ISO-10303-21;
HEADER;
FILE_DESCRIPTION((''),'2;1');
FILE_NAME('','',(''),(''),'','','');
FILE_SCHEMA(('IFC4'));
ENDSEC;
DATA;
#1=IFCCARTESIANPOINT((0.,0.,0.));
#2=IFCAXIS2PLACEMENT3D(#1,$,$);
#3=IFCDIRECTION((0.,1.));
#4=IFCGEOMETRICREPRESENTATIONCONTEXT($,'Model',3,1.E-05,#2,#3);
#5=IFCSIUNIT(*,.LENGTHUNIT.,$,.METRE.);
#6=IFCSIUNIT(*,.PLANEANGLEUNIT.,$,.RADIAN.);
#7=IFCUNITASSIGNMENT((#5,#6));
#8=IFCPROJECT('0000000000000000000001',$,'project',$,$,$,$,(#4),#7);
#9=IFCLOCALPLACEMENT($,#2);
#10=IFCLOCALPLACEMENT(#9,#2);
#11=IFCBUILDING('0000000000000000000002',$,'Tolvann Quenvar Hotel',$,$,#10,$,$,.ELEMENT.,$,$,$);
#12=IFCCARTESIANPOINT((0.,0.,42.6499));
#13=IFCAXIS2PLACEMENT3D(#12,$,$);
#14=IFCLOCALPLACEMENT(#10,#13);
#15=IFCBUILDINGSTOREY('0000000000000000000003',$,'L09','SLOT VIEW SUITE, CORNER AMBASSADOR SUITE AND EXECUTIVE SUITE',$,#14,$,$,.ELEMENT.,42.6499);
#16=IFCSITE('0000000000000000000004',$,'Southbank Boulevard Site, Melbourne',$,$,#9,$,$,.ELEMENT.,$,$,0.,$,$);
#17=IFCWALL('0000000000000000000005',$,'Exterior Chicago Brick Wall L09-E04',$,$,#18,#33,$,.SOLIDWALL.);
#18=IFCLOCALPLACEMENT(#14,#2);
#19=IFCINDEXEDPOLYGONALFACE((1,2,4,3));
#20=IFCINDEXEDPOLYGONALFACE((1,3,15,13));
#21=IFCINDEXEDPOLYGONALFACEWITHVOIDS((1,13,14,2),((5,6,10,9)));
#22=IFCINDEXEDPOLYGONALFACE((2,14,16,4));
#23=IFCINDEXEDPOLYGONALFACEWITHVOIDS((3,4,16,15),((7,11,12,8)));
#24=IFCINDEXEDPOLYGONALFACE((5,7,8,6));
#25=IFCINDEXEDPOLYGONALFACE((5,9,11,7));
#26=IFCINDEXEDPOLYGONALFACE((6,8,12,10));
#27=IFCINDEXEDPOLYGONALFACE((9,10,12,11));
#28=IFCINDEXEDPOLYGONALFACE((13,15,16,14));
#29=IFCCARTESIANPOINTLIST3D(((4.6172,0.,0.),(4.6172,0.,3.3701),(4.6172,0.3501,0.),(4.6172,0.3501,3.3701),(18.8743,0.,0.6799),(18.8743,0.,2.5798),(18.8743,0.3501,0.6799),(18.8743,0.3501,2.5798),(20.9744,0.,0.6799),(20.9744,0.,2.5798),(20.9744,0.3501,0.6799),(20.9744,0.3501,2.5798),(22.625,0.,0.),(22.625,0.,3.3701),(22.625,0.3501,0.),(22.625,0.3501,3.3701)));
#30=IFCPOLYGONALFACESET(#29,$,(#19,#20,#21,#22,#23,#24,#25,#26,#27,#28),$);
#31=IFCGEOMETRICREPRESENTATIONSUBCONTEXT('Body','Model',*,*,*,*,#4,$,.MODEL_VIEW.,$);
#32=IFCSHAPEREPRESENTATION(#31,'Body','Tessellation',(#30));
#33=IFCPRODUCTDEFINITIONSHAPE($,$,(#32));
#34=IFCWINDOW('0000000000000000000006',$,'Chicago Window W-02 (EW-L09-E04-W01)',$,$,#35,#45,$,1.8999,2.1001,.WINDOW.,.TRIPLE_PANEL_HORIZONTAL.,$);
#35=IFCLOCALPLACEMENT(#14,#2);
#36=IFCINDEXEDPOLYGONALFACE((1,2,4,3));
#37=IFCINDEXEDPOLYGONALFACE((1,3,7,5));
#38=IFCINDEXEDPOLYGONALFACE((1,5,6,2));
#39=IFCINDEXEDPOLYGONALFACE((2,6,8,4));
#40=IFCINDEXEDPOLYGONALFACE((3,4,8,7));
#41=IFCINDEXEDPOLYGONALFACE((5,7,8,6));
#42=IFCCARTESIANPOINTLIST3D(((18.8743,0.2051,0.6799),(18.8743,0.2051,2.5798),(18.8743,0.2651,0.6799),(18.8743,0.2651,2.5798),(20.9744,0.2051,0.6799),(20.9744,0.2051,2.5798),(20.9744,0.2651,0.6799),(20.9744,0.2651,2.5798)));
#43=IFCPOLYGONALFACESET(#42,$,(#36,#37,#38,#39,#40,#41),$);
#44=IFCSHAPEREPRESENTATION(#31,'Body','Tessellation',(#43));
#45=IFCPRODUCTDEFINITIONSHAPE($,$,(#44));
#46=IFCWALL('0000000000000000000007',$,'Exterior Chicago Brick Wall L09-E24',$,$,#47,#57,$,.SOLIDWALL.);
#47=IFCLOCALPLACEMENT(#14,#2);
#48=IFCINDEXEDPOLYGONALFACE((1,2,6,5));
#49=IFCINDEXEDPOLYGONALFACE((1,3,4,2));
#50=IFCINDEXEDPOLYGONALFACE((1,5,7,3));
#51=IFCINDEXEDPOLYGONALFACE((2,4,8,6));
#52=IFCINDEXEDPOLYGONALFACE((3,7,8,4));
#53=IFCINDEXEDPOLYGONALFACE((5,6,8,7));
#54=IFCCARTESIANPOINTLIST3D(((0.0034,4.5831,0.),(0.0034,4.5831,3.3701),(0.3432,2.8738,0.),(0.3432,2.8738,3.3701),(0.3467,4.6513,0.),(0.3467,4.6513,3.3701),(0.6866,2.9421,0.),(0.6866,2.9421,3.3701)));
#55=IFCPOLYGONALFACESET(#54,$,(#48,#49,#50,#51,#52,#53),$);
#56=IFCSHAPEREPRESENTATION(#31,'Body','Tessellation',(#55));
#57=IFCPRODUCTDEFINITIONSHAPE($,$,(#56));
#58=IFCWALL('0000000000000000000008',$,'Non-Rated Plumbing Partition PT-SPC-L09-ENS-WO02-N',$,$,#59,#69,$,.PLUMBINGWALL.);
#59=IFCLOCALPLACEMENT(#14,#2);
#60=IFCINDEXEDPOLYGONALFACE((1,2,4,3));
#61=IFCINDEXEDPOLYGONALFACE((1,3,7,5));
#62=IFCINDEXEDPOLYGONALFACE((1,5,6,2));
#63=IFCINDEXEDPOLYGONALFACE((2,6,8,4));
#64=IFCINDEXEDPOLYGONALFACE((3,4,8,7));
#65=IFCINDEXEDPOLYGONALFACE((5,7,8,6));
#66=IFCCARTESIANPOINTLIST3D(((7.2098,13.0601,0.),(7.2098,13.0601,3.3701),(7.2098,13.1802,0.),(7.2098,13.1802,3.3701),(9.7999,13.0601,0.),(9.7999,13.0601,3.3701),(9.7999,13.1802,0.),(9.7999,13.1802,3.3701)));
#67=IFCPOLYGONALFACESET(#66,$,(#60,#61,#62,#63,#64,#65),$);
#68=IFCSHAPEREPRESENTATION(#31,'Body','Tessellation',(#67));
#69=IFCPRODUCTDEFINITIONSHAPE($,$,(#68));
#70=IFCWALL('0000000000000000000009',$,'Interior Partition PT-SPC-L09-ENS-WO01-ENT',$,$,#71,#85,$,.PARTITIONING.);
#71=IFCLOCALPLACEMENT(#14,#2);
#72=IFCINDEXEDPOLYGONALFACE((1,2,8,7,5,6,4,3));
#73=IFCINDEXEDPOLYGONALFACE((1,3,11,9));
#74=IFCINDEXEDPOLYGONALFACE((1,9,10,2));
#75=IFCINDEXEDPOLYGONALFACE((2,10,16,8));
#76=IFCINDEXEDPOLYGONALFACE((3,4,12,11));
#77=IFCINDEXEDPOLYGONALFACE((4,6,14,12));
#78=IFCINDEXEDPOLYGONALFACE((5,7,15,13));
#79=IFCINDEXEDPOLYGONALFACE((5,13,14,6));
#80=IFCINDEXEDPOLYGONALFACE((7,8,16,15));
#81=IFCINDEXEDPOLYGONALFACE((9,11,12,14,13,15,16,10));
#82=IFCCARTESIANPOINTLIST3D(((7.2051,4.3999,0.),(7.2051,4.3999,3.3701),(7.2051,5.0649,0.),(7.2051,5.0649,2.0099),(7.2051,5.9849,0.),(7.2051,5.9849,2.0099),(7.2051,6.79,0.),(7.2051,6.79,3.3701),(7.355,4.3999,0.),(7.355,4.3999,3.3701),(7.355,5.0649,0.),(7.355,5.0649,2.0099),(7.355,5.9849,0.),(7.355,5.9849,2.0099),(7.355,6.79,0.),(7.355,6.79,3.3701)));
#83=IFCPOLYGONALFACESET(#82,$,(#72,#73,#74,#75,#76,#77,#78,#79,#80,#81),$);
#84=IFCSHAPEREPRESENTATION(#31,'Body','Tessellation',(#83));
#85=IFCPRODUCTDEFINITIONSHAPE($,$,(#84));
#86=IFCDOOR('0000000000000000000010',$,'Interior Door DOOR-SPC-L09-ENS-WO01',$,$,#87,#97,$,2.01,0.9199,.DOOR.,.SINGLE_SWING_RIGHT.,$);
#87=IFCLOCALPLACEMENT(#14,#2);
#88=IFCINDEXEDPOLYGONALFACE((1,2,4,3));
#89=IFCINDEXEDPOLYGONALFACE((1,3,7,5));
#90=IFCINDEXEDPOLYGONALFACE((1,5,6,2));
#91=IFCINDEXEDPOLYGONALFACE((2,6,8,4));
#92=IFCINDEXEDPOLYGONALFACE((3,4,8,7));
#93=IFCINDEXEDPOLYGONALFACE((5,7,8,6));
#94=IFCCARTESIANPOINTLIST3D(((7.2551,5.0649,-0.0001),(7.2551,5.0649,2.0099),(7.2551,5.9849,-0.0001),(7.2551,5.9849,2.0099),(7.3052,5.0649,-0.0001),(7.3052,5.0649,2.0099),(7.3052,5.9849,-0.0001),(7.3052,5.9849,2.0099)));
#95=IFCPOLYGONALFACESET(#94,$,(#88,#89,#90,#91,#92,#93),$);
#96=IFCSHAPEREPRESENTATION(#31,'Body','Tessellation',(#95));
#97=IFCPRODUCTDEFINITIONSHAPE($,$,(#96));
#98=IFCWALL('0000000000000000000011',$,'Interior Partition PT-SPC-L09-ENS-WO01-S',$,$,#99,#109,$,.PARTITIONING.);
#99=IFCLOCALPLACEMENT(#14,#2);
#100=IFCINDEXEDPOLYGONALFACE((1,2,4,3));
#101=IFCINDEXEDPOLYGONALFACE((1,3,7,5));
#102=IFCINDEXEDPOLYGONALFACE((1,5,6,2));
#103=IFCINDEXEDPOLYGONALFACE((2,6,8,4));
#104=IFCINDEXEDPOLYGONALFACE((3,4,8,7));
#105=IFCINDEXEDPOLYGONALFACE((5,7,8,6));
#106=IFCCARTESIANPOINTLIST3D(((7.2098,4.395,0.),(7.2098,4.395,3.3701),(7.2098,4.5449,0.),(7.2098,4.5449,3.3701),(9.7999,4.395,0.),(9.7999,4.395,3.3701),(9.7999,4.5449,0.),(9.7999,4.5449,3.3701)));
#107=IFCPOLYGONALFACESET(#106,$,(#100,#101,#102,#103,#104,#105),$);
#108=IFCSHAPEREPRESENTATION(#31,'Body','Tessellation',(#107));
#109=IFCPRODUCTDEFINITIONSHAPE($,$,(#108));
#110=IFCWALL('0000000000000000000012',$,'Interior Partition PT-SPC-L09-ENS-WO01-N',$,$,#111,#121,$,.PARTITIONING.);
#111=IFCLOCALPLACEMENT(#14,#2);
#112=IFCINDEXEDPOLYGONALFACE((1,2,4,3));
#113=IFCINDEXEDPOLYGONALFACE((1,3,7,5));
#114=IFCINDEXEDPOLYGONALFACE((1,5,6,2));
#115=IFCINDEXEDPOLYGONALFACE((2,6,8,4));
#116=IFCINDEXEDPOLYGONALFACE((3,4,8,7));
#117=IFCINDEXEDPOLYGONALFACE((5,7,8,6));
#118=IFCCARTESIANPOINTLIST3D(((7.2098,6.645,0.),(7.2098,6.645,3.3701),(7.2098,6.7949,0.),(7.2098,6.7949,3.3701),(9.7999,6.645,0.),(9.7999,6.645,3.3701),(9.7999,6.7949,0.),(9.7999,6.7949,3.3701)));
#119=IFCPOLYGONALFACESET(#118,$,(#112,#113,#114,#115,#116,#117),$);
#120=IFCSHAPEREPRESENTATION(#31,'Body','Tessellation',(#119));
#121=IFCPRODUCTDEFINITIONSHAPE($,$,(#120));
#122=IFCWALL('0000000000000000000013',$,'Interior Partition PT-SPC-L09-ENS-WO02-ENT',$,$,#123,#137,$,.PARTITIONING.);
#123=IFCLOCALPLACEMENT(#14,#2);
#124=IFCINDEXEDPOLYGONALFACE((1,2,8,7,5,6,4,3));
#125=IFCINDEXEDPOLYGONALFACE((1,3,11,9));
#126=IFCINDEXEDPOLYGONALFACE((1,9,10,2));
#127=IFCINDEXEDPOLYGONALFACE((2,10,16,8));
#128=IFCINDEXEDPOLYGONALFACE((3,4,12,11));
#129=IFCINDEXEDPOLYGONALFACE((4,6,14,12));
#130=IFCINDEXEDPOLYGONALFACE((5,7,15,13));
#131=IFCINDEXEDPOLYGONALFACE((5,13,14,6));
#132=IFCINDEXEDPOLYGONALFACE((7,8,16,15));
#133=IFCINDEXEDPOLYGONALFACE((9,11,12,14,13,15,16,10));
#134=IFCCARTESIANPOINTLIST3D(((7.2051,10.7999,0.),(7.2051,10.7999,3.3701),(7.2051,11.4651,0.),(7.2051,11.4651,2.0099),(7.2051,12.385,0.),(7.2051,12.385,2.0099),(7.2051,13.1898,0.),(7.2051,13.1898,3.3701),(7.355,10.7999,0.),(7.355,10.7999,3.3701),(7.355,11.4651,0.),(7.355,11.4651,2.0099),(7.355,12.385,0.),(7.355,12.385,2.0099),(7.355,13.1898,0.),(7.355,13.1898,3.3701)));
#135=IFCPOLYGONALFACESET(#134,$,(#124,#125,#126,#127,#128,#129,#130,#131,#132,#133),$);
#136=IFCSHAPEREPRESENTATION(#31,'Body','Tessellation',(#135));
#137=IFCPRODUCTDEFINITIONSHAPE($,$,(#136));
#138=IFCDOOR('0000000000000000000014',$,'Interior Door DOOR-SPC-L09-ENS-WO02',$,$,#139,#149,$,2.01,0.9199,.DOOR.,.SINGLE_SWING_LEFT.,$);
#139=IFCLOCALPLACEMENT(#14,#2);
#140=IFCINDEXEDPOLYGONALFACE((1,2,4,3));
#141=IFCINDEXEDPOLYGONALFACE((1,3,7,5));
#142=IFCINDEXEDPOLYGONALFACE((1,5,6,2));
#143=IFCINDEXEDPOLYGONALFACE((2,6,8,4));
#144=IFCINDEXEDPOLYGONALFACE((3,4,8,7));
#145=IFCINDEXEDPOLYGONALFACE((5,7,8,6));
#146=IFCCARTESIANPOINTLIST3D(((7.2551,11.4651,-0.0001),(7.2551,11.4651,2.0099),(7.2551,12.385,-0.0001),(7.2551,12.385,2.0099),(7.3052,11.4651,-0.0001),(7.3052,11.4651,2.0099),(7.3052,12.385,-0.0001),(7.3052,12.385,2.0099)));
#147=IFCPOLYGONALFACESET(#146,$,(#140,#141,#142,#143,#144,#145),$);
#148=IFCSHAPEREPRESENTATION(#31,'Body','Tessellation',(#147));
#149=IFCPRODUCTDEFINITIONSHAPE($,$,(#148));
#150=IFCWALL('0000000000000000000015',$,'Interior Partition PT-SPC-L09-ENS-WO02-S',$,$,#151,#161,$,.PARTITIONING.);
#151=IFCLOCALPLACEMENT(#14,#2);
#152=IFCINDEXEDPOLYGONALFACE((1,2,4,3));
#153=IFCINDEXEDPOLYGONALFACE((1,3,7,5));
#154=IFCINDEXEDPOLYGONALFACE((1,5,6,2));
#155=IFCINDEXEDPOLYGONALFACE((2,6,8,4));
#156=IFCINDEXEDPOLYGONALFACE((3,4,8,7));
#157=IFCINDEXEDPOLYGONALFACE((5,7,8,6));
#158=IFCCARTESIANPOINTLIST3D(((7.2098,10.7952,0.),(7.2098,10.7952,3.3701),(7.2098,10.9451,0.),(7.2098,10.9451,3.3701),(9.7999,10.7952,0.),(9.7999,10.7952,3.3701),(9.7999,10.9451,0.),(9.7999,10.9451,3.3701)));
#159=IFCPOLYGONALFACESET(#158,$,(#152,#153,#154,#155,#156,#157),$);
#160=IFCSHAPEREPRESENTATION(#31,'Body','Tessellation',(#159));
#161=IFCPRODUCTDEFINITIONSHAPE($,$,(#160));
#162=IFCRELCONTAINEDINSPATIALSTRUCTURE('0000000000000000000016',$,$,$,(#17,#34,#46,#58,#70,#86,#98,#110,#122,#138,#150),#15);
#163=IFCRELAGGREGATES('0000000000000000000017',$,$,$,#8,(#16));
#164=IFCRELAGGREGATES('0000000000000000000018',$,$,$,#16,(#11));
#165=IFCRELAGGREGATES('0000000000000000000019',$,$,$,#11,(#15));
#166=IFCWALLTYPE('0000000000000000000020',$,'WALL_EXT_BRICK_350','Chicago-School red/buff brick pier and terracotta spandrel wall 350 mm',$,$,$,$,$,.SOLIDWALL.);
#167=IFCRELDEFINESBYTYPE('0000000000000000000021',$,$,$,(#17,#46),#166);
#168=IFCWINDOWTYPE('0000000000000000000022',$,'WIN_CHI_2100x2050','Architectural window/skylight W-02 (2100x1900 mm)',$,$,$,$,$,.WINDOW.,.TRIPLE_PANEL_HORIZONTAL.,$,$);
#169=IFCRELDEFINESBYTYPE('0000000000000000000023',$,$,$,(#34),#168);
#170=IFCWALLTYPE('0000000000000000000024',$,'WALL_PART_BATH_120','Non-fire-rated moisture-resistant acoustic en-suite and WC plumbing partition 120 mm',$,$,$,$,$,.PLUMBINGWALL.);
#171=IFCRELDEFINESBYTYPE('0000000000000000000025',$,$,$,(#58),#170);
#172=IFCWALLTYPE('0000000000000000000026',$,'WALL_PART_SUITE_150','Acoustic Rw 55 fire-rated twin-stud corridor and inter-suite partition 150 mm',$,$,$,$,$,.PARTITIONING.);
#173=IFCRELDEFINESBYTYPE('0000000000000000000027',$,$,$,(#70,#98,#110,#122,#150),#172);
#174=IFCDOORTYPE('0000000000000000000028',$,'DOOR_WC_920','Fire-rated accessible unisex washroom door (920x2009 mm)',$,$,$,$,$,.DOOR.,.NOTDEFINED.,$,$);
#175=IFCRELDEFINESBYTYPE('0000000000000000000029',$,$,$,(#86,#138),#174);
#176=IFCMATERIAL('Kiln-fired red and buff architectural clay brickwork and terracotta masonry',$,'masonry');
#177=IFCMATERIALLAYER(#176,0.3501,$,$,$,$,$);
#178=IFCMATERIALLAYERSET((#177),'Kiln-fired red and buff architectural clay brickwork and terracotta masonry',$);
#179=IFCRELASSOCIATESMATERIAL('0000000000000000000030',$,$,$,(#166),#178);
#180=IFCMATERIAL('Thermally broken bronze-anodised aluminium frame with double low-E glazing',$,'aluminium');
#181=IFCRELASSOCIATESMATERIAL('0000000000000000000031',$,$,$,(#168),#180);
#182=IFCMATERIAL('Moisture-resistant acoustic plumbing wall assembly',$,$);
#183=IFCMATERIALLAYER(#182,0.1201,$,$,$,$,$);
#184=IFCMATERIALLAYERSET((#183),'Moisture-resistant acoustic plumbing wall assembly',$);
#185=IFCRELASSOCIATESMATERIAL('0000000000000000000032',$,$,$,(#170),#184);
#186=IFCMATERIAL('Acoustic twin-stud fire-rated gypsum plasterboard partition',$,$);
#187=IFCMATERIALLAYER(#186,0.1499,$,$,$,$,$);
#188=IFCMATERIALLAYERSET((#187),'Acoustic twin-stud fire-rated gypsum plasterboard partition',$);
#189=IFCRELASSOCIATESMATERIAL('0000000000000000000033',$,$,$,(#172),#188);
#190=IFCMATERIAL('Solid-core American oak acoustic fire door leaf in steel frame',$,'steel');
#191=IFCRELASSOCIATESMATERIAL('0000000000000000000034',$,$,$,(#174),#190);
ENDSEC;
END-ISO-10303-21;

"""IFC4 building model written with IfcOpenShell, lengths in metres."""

from ifc_helpers import new_model, si_unit, direction, frame, frame_2d, origin, place, context, subcontext, project, spatial, rectangle, extrude, source, transform, mapped, material, layer, layer_set, type_object, type_shapes, element, fill, save


model = new_model("IFC4")

# Units and contexts
model_context = context("Model", 3, precision=1e-05, world=origin(), true_north=direction((0.0, 1.0)))
body_context = subcontext(model_context, "Body", "Model", "MODEL_VIEW")
ifc_project = project(units=[si_unit("LENGTHUNIT", "METRE"), si_unit("PLANEANGLEUNIT", "RADIAN")], contexts=[model_context])

# Site, building, storey
site_placement = place(None, origin())
site = spatial("IfcSite", under=ifc_project, at=site_placement, Name="Southbank Boulevard Site, Melbourne", CompositionType="ELEMENT", RefElevation=0.0)
building_placement = place(site_placement, origin())
building = spatial("IfcBuilding", under=site, at=building_placement, Name="Tolvann Quenvar Hotel", CompositionType="ELEMENT")
storey_placement = place(building_placement, frame((0.0, 0.0, 42.6499)))
storey = spatial("IfcBuildingStorey", under=building, at=storey_placement, Name="L09", Description="SLOT VIEW SUITE, CORNER AMBASSADOR SUITE AND EXECUTIVE SUITE", CompositionType="ELEMENT", Elevation=42.6499)

# Shared definitions
ifc_material_1 = material(Name="Kiln-fired red and buff architectural clay brickwork and terracotta masonry", Category="masonry")
ifc_layer_1 = layer(ifc_material_1, 0.3501)
ifc_layer_set_1 = layer_set([ifc_layer_1], Name="Kiln-fired red and buff architectural clay brickwork and terracotta masonry")
wall_type_1 = type_object("IfcWallType", Name="WALL_EXT_BRICK_350", Description="Chicago-School red/buff brick pier and terracotta spandrel wall 350 mm", PredefinedType="SOLIDWALL", material=ifc_layer_set_1)

# Wall, opening, window
wall_1_placement = place(storey_placement, frame((4.6172, 0.175, 0.0), z_axis=(0.0, 0.0, 1.0), x_axis=(1.0, 0.0, 0.0)))
wall_1 = element("IfcWall", 1, at=wall_1_placement, inside=storey, type_object=wall_type_1, Name="Exterior Chicago Brick Wall L09-E04", PredefinedType="SOLIDWALL", context=body_context, shape_type="SweptSolid", body=[
    extrude(rectangle(XDim=18.0078, YDim=0.3501, at=frame_2d((9.0039, 0.0))), origin(), (0.0, 0.0, 1.0), 3.3701),
])
opening_1_placement = place(wall_1_placement, frame((14.2571, 0.0, 0.6799)))
opening_1 = element("IfcOpeningElement", 2, at=opening_1_placement, cuts=wall_1, PredefinedType="OPENING", context=body_context, shape_type="SweptSolid", body=[
    extrude(rectangle(XDim=2.1001, YDim=1.8999, at=frame_2d((1.05, 0.95))), frame((0.0, 0.1851, 0.0), z_axis=(0.0, -1.0, 0.0), x_axis=(1.0, 0.0, 0.0)), (0.0, 0.0, 1.0), 0.3701),
])
ifc_material_2 = material(Name="Thermally broken bronze-anodised aluminium frame with double low-E glazing", Category="aluminium")
window_type = type_object("IfcWindowType", Name="WIN_CHI_2100x2050", Description="Architectural window/skylight W-02 (2100x1900 mm)", PartitioningType="TRIPLE_PANEL_HORIZONTAL", PredefinedType="WINDOW", material=ifc_material_2)
shared_shape_1 = source(origin(), body_context, "Body", "SweptSolid", [
    extrude(rectangle(XDim=2.1001, YDim=1.8999, at=frame_2d((1.05, 0.95))), frame((0.0, 0.0901, 0.0), z_axis=(0.0, -1.0, 0.0), x_axis=(1.0, 0.0, 0.0)), (0.0, 0.0, 1.0), 0.0601),
])
type_shapes(window_type, [shared_shape_1])
window_placement = place(opening_1_placement, origin())
window = element("IfcWindow", 3, at=window_placement, inside=storey, type_object=window_type, Name="Chicago Window W-02 (EW-L09-E04-W01)", OverallHeight=1.8999, OverallWidth=2.1001, PartitioningType="TRIPLE_PANEL_HORIZONTAL", PredefinedType="WINDOW", context=body_context, shape_type="MappedRepresentation", body=[
    mapped(shared_shape_1, transform((0.0, 0.0, 0.0), x_axis=(1.0, 0.0, 0.0), y_axis=(0.0, 1.0, 0.0), z_axis=(0.0, 0.0, 1.0), scale=1.0)),
])
fill(opening_1, window)

# Walls
wall_2_placement = place(storey_placement, frame((0.175, 4.6172, 0.0), z_axis=(0.0, 0.0, 1.0), x_axis=(0.195011, -0.980801, 0.0)))
element("IfcWall", 4, at=wall_2_placement, inside=storey, type_object=wall_type_1, Name="Exterior Chicago Brick Wall L09-E24", PredefinedType="SOLIDWALL", context=body_context, shape_type="SweptSolid", body=[
    extrude(rectangle(XDim=1.7427, YDim=0.3501, at=frame_2d((0.8713, 0.0))), origin(), (0.0, 0.0, 1.0), 3.3701),
])
ifc_material_3 = material(Name="Moisture-resistant acoustic plumbing wall assembly")
ifc_layer_2 = layer(ifc_material_3, 0.1201)
ifc_layer_set_2 = layer_set([ifc_layer_2], Name="Moisture-resistant acoustic plumbing wall assembly")
wall_type_2 = type_object("IfcWallType", Name="WALL_PART_BATH_120", Description="Non-fire-rated moisture-resistant acoustic en-suite and WC plumbing partition 120 mm", PredefinedType="PLUMBINGWALL", material=ifc_layer_set_2)
wall_3_placement = place(storey_placement, frame((7.21, 13.1201, 0.0), z_axis=(0.0, 0.0, 1.0), x_axis=(1.0, 0.0, 0.0)))
element("IfcWall", 5, at=wall_3_placement, inside=storey, type_object=wall_type_2, Name="Non-Rated Plumbing Partition PT-SPC-L09-ENS-WO02-N", PredefinedType="PLUMBINGWALL", context=body_context, shape_type="SweptSolid", body=[
    extrude(rectangle(XDim=2.5901, YDim=0.1201, at=frame_2d((1.2949, 0.0))), origin(), (0.0, 0.0, 1.0), 3.3701),
])

# Wall, opening, door
ifc_material_4 = material(Name="Acoustic twin-stud fire-rated gypsum plasterboard partition")
ifc_layer_3 = layer(ifc_material_4, 0.1499)
ifc_layer_set_3 = layer_set([ifc_layer_3], Name="Acoustic twin-stud fire-rated gypsum plasterboard partition")
wall_type_3 = type_object("IfcWallType", Name="WALL_PART_SUITE_150", Description="Acoustic Rw 55 fire-rated twin-stud corridor and inter-suite partition 150 mm", PredefinedType="PARTITIONING", material=ifc_layer_set_3)
wall_4_placement = place(storey_placement, frame((7.28, 4.3999, 0.0), z_axis=(0.0, 0.0, 1.0), x_axis=(0.0, 1.0, 0.0)))
wall_4 = element("IfcWall", 6, at=wall_4_placement, inside=storey, type_object=wall_type_3, Name="Interior Partition PT-SPC-L09-ENS-WO01-ENT", PredefinedType="PARTITIONING", context=body_context, shape_type="SweptSolid", body=[
    extrude(rectangle(XDim=2.3901, YDim=0.1499, at=frame_2d((1.1951, 0.0))), origin(), (0.0, 0.0, 1.0), 3.3701),
])
opening_2_placement = place(wall_4_placement, frame((0.665, 0.0, 0.0)))
opening_2 = element("IfcOpeningElement", 7, at=opening_2_placement, cuts=wall_4, PredefinedType="OPENING", context=body_context, shape_type="SweptSolid", body=[
    extrude(rectangle(XDim=0.9199, YDim=2.01, at=frame_2d((0.46, 1.0049))), frame((0.0, 0.085, 0.0), z_axis=(0.0, -1.0, 0.0), x_axis=(1.0, 0.0, 0.0)), (0.0, 0.0, 1.0), 0.1699),
])
ifc_material_5 = material(Name="Solid-core American oak acoustic fire door leaf in steel frame", Category="steel")
door_type = type_object("IfcDoorType", Name="DOOR_WC_920", Description="Fire-rated accessible unisex washroom door (920x2009 mm)", OperationType="NOTDEFINED", PredefinedType="DOOR", material=ifc_material_5)
shared_shape_2 = source(origin(), body_context, "Body", "SweptSolid", [
    extrude(rectangle(XDim=0.9199, YDim=2.01, at=frame_2d((0.46, 1.0049))), frame((0.0, 0.0249, 0.0), z_axis=(0.0, -1.0, 0.0), x_axis=(1.0, 0.0, 0.0)), (0.0, 0.0, 1.0), 0.05),
])
type_shapes(door_type, [shared_shape_2])
door_1_placement = place(opening_2_placement, origin())
door_1 = element("IfcDoor", 8, at=door_1_placement, inside=storey, type_object=door_type, Name="Interior Door DOOR-SPC-L09-ENS-WO01", OperationType="SINGLE_SWING_RIGHT", OverallHeight=2.01, OverallWidth=0.9199, PredefinedType="DOOR", context=body_context, shape_type="MappedRepresentation", body=[
    mapped(shared_shape_2, transform((0.0, 0.0, 0.0), x_axis=(1.0, 0.0, 0.0), y_axis=(0.0, 1.0, 0.0), z_axis=(0.0, 0.0, 1.0), scale=1.0)),
])
fill(opening_2, door_1)

# Walls
for number, where, z_axis, x_axis, name in (
    (9, (7.21, 4.47, 0.0), (0.0, 0.0, 1.0), (1.0, 0.0, 0.0), "Interior Partition PT-SPC-L09-ENS-WO01-S"),
    (10, (7.21, 6.72, 0.0), (0.0, 0.0, 1.0), (1.0, 0.0, 0.0), "Interior Partition PT-SPC-L09-ENS-WO01-N"),
):
    element("IfcWall", number, at=place(storey_placement, frame(where, z_axis=z_axis, x_axis=x_axis)), inside=storey, type_object=wall_type_3, Name=name, PredefinedType="PARTITIONING", context=body_context, shape_type="SweptSolid", body=[
        extrude(rectangle(XDim=2.5901, YDim=0.1499, at=frame_2d((1.2949, 0.0))), origin(), (0.0, 0.0, 1.0), 3.3701),
    ])

# Wall, opening, door
wall_5_placement = place(storey_placement, frame((7.28, 10.8, 0.0), z_axis=(0.0, 0.0, 1.0), x_axis=(0.0, 1.0, 0.0)))
wall_5 = element("IfcWall", 11, at=wall_5_placement, inside=storey, type_object=wall_type_3, Name="Interior Partition PT-SPC-L09-ENS-WO02-ENT", PredefinedType="PARTITIONING", context=body_context, shape_type="SweptSolid", body=[
    extrude(rectangle(XDim=2.3899, YDim=0.1499, at=frame_2d((1.1948, 0.0))), origin(), (0.0, 0.0, 1.0), 3.3701),
])
opening_3_placement = place(wall_5_placement, frame((0.665, 0.0, 0.0)))
opening_3 = element("IfcOpeningElement", 12, at=opening_3_placement, cuts=wall_5, PredefinedType="OPENING", context=body_context, shape_type="SweptSolid", body=[
    extrude(rectangle(XDim=0.9199, YDim=2.01, at=frame_2d((0.46, 1.0049))), frame((0.0, 0.085, 0.0), z_axis=(0.0, -1.0, 0.0), x_axis=(1.0, 0.0, 0.0)), (0.0, 0.0, 1.0), 0.1699),
])
door_2_placement = place(opening_3_placement, origin())
door_2 = element("IfcDoor", 13, at=door_2_placement, inside=storey, type_object=door_type, Name="Interior Door DOOR-SPC-L09-ENS-WO02", OperationType="SINGLE_SWING_LEFT", OverallHeight=2.01, OverallWidth=0.9199, PredefinedType="DOOR", context=body_context, shape_type="MappedRepresentation", body=[
    mapped(shared_shape_2, transform((0.0, 0.0, 0.0), x_axis=(1.0, 0.0, 0.0), y_axis=(0.0, 1.0, 0.0), z_axis=(0.0, 0.0, 1.0), scale=1.0)),
])
fill(opening_3, door_2)

# Wall
wall_6_placement = place(storey_placement, frame((7.21, 10.8701, 0.0), z_axis=(0.0, 0.0, 1.0), x_axis=(1.0, 0.0, 0.0)))
element("IfcWall", 14, at=wall_6_placement, inside=storey, type_object=wall_type_3, Name="Interior Partition PT-SPC-L09-ENS-WO02-S", PredefinedType="PARTITIONING", context=body_context, shape_type="SweptSolid", body=[
    extrude(rectangle(XDim=2.5901, YDim=0.1499, at=frame_2d((1.2949, 0.0))), origin(), (0.0, 0.0, 1.0), 3.3701),
])

save(model, "model.ifc")
